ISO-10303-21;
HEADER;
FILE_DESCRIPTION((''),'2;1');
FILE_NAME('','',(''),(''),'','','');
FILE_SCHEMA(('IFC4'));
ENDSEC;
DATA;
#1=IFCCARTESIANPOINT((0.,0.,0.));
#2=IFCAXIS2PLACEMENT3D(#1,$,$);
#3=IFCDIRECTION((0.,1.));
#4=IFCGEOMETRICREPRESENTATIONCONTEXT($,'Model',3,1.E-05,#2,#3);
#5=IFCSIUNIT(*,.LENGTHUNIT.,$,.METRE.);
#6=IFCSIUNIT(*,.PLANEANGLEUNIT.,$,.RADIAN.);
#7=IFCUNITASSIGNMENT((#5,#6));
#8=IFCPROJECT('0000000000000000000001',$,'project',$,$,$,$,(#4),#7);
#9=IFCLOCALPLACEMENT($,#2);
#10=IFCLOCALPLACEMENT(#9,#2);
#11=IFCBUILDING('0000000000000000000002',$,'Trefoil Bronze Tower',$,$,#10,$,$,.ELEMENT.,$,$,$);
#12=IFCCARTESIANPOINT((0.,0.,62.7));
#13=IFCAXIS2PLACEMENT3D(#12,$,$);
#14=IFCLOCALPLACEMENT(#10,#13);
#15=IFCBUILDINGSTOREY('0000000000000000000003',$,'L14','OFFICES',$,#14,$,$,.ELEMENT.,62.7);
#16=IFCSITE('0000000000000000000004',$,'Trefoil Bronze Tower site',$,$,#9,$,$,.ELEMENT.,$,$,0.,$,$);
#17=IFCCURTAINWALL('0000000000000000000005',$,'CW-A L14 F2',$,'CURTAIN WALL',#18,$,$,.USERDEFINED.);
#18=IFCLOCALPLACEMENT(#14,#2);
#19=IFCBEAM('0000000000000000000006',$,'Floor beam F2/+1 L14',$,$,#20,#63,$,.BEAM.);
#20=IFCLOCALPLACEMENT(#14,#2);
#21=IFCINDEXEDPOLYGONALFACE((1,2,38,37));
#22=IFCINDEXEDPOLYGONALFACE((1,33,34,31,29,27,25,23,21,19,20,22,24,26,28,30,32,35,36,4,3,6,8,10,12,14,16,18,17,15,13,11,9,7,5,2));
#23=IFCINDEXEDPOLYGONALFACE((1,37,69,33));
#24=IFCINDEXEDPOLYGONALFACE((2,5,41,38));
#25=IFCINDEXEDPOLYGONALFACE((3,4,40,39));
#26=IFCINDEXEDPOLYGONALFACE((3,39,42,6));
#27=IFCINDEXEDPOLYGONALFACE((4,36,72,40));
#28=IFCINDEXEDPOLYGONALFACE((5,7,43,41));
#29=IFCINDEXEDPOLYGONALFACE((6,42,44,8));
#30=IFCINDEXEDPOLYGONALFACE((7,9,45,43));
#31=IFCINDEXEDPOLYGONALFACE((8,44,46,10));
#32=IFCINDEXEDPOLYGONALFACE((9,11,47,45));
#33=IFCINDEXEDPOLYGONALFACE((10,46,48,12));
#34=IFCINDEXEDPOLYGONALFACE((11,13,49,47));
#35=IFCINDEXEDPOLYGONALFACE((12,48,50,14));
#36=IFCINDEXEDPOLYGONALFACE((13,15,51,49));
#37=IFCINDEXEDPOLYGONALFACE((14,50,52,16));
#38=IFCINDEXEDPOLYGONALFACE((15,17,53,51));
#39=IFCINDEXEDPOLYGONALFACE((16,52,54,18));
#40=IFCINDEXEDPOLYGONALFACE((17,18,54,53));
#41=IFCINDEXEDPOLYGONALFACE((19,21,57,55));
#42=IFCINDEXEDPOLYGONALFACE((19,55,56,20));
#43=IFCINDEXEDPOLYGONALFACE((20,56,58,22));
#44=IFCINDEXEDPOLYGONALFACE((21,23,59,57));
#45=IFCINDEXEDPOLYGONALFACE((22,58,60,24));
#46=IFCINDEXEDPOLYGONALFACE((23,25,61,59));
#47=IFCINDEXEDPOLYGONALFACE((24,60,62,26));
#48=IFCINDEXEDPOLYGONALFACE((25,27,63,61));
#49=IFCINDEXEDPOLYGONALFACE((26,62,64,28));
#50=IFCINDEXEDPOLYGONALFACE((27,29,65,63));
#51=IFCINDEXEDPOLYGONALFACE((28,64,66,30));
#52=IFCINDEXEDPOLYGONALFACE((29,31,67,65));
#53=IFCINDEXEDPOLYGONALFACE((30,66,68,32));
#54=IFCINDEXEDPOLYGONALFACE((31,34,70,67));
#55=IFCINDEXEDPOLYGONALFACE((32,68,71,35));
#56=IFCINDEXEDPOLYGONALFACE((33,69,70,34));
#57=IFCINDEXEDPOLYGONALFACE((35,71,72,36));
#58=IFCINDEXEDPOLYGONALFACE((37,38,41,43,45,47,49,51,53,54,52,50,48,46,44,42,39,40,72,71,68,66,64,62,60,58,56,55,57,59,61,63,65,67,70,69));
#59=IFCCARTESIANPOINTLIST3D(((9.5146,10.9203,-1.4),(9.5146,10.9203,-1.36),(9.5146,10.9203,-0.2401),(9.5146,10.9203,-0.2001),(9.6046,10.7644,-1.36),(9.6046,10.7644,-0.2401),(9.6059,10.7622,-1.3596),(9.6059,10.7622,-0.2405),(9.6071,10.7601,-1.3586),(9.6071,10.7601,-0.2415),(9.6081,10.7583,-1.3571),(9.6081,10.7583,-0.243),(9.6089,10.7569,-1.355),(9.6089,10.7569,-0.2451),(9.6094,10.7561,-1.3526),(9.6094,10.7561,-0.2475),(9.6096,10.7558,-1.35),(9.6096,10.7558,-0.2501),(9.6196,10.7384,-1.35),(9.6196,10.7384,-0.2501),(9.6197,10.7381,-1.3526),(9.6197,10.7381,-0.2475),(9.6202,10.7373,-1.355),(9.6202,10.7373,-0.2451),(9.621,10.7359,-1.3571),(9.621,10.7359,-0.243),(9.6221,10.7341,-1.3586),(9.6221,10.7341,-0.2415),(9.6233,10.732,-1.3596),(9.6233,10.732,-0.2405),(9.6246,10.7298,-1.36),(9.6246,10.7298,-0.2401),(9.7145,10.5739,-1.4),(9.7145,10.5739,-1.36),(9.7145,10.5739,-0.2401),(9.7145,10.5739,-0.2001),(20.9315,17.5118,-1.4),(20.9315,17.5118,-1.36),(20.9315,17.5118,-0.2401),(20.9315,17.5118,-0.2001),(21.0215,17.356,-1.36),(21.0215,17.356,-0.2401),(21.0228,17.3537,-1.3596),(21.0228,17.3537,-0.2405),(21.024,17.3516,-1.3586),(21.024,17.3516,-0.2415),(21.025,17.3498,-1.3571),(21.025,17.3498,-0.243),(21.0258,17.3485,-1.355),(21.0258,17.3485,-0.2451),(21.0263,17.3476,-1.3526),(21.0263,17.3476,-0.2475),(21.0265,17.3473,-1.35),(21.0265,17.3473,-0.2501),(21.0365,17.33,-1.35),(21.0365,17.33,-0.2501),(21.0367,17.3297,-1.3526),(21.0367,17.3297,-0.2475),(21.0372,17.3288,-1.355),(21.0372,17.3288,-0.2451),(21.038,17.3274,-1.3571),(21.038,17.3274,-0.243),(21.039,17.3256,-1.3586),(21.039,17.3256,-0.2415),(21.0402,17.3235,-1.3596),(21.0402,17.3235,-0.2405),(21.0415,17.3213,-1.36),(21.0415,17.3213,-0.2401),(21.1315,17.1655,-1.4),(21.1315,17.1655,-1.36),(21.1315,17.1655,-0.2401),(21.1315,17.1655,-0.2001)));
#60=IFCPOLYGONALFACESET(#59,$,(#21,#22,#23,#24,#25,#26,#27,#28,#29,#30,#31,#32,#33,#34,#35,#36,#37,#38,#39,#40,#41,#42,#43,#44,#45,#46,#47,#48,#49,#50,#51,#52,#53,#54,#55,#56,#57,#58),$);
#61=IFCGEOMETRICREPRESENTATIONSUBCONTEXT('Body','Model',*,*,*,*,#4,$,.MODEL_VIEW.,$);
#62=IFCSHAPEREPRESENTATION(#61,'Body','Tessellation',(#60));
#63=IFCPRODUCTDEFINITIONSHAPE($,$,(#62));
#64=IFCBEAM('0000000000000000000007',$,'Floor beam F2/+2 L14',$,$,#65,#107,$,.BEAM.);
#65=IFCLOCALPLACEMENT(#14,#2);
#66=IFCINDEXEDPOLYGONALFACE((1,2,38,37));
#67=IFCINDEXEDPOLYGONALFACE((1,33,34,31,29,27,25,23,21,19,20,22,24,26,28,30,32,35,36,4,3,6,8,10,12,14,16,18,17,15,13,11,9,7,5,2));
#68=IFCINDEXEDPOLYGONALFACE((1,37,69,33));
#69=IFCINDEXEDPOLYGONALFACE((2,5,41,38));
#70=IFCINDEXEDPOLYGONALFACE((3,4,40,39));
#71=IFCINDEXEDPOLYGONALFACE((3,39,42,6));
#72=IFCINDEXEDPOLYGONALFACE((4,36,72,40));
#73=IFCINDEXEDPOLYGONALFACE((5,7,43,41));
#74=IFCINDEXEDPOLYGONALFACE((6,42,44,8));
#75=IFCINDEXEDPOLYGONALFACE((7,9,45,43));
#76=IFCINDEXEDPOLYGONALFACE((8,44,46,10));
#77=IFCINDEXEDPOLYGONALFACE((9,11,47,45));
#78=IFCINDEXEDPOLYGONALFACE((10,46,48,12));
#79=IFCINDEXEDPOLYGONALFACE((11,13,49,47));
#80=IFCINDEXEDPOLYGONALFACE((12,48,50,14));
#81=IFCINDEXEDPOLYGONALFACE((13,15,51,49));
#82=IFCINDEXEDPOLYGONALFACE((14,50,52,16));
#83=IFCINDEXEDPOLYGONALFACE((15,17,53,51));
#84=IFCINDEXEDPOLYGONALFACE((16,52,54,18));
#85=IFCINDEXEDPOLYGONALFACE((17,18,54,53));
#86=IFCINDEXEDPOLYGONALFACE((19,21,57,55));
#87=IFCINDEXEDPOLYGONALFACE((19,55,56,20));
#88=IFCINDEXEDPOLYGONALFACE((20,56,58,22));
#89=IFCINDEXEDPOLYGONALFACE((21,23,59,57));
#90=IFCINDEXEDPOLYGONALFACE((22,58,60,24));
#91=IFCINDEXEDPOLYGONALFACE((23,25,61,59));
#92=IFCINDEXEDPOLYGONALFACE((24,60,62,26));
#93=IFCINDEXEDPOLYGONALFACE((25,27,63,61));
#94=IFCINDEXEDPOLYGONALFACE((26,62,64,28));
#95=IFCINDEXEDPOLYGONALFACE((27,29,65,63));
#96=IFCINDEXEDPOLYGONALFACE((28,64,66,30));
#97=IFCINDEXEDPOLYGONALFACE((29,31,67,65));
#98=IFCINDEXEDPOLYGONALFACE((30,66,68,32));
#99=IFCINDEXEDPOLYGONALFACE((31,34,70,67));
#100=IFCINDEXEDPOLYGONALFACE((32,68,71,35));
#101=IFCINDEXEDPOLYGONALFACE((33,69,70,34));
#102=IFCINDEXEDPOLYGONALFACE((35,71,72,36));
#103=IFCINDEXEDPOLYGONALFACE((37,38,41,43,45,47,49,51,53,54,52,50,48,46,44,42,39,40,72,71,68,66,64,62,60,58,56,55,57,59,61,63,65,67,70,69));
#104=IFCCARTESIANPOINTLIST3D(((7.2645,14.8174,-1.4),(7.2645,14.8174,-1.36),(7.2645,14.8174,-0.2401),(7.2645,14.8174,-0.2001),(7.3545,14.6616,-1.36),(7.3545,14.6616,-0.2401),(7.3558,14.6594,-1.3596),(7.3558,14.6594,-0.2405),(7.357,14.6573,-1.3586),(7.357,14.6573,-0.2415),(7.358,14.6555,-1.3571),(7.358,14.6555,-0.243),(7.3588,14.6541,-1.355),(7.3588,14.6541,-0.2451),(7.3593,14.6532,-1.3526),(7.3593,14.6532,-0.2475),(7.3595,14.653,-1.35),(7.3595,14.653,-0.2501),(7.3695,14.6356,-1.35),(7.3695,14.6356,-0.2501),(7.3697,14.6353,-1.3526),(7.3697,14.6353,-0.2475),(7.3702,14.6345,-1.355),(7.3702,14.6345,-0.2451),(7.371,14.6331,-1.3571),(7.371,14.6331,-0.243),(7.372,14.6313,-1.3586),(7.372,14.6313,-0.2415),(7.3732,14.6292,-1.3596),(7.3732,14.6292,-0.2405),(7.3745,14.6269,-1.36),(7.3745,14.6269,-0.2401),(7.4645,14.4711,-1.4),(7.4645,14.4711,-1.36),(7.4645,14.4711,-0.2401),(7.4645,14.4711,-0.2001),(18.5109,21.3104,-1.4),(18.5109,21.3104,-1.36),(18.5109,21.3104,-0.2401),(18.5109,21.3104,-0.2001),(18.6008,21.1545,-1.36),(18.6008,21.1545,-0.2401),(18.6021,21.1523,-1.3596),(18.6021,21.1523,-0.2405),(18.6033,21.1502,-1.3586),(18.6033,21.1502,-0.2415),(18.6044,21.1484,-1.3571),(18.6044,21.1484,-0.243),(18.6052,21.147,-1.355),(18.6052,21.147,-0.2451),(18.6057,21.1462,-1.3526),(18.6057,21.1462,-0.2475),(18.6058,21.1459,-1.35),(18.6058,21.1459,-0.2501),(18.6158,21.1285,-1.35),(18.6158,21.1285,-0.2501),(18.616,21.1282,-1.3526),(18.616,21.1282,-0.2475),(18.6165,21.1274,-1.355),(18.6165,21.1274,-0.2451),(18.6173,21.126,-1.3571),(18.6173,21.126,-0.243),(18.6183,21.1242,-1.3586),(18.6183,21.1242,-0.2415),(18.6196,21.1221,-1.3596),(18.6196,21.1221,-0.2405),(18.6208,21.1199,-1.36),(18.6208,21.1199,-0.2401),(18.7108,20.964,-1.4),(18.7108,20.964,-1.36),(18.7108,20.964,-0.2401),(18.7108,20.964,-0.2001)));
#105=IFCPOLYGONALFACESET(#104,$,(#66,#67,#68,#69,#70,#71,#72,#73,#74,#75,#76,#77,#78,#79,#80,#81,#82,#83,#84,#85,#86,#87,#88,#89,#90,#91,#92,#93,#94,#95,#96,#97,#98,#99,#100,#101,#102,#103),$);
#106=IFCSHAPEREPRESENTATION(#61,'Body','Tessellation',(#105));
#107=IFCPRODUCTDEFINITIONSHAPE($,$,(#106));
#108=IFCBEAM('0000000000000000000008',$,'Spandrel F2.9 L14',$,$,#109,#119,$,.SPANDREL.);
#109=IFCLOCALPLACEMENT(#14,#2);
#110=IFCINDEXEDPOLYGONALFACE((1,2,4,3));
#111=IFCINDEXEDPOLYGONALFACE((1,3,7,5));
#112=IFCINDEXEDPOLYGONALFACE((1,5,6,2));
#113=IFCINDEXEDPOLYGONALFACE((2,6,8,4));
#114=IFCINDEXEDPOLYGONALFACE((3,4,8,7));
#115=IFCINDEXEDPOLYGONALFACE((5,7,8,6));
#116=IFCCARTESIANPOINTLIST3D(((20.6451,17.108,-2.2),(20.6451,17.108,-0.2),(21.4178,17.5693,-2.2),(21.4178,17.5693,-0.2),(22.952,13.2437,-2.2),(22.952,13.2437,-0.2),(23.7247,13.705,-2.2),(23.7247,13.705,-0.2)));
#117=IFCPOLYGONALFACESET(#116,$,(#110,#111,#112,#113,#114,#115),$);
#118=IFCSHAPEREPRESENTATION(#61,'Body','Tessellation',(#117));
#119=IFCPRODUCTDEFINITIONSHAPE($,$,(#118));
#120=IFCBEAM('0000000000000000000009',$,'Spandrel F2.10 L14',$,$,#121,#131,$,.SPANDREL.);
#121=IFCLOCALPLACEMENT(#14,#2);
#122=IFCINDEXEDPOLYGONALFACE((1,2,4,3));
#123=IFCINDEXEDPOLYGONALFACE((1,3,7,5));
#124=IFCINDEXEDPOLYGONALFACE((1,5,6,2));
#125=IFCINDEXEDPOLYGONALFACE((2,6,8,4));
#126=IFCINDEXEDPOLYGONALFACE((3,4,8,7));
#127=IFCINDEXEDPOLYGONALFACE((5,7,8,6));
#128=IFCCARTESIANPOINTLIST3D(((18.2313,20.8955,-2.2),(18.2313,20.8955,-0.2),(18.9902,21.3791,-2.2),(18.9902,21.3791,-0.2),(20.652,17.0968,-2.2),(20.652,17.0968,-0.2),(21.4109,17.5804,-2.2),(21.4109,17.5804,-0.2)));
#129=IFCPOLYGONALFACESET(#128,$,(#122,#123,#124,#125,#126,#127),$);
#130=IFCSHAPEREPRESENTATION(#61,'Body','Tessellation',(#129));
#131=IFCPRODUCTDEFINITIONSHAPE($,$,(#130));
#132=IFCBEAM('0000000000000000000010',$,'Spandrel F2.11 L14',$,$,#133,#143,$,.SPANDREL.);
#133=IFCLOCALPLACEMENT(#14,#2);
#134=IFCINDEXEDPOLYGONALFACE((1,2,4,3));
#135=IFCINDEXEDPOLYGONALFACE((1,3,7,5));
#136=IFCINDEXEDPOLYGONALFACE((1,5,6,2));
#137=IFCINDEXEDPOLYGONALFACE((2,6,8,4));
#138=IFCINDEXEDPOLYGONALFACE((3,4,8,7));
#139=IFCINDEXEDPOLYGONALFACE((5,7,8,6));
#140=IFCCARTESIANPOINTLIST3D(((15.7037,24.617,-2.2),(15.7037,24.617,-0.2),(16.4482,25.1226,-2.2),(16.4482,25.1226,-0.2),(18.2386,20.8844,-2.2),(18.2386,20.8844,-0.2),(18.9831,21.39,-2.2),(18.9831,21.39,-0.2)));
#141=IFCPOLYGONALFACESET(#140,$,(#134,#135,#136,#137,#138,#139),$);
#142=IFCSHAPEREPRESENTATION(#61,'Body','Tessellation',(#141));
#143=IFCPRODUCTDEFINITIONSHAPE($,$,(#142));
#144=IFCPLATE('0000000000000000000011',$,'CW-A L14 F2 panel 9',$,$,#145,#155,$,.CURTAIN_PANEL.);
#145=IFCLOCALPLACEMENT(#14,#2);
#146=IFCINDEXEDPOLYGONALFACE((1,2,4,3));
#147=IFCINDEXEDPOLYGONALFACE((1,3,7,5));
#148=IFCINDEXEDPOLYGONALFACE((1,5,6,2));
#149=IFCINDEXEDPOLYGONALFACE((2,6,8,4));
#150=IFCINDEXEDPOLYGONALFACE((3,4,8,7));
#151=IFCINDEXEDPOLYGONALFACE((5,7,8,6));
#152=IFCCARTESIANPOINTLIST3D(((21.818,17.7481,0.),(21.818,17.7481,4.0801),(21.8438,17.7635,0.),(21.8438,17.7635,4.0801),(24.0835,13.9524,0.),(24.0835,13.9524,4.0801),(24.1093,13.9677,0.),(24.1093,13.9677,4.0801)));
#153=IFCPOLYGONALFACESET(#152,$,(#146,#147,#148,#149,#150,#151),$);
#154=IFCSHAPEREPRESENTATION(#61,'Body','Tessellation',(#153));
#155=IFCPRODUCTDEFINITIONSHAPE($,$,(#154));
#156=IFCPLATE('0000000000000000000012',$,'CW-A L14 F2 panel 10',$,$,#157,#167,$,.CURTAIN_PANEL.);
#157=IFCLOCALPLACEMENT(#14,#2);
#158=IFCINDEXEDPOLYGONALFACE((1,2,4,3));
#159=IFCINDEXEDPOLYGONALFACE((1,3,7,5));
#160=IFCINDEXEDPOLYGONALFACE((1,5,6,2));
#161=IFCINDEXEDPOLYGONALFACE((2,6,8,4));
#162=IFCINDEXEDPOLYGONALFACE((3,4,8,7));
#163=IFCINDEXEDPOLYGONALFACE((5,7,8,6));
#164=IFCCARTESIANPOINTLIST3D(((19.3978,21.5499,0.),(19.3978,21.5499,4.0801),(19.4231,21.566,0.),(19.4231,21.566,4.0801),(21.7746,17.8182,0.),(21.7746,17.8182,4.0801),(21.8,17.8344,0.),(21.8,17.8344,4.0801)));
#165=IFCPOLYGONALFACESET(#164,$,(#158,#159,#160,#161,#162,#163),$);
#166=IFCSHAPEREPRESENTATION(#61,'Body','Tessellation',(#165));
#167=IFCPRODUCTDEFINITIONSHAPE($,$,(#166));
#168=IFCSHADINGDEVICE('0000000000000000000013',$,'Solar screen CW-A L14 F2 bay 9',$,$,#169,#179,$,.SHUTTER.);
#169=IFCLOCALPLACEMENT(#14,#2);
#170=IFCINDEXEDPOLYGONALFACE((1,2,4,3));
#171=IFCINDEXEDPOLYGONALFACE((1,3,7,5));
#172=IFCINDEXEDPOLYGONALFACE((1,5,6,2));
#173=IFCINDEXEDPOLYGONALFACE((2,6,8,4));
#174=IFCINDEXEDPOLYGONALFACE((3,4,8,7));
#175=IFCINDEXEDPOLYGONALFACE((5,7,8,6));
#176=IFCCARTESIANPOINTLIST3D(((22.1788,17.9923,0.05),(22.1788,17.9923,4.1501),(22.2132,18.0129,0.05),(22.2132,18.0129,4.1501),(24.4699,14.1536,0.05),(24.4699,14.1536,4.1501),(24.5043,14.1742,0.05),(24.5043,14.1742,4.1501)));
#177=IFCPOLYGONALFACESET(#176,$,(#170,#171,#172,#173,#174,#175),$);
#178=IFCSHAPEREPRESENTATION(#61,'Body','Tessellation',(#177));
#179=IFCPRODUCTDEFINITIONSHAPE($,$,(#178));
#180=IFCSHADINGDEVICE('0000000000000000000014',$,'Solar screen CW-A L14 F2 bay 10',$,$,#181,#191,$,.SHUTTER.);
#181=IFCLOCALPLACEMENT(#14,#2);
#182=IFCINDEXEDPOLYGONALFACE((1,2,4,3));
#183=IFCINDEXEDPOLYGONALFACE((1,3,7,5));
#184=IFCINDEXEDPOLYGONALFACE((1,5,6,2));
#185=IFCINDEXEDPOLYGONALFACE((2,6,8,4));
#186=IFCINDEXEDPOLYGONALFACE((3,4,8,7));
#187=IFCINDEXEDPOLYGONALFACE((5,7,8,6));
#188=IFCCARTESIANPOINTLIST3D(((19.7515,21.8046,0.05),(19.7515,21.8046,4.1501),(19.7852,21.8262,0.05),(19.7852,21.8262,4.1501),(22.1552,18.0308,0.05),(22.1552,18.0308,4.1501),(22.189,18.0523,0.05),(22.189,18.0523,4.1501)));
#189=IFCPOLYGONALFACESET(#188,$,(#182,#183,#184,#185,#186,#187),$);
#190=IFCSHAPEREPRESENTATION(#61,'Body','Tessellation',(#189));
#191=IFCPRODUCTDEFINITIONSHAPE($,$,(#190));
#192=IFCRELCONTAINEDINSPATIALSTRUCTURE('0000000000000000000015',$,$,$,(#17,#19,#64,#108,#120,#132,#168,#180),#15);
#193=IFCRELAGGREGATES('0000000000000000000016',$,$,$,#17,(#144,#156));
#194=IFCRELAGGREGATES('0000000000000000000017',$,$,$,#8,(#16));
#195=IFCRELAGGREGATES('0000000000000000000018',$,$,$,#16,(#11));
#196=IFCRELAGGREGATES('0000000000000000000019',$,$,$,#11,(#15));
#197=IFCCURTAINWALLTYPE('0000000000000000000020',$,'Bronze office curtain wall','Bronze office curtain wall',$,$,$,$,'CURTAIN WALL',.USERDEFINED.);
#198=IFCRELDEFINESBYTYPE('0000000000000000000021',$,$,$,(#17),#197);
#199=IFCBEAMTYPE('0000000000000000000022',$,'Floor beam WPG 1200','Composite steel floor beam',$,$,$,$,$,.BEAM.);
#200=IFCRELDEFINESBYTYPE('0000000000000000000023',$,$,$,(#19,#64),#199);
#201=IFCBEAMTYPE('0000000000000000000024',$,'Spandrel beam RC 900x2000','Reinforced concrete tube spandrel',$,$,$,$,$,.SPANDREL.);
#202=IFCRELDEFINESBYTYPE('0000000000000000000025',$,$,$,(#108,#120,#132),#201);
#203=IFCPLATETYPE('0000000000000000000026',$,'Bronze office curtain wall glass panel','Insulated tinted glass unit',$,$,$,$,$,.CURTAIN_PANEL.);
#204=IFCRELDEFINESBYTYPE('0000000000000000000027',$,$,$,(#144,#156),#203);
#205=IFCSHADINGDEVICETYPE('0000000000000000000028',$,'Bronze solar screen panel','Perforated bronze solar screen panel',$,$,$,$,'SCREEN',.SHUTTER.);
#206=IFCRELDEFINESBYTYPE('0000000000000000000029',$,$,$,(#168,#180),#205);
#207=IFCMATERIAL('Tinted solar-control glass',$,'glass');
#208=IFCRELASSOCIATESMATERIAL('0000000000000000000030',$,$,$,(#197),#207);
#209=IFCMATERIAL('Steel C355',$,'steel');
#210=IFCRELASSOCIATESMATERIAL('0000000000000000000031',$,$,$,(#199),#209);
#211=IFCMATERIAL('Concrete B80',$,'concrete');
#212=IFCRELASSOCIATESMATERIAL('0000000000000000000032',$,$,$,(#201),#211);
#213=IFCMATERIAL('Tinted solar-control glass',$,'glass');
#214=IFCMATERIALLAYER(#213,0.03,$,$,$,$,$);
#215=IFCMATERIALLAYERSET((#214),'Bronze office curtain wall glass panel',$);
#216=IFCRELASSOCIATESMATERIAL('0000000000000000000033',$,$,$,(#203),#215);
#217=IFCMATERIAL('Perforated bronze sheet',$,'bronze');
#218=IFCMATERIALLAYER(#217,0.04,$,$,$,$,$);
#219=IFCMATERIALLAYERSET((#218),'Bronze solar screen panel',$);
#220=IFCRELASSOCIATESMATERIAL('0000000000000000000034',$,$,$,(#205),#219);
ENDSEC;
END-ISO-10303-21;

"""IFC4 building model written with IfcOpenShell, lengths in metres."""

from ifc_helpers import new_model, si_unit, direction, frame, origin, origin_2d, place, context, subcontext, project, spatial, rectangle, i_section, extrude, material, layer, layer_set, material_profile, profile_set, type_object, element, aggregate, save


model = new_model("IFC4")

# Units and contexts
model_context = context("Model", 3, precision=1e-05, world=origin(), true_north=direction((0.0, 1.0)))
body_context = subcontext(model_context, "Body", "Model", "MODEL_VIEW")
ifc_project = project(units=[si_unit("LENGTHUNIT", "METRE"), si_unit("PLANEANGLEUNIT", "RADIAN")], contexts=[model_context])

# Site, building, storey
site_placement = place(None, origin())
site = spatial("IfcSite", under=ifc_project, at=site_placement, Name="Trefoil Bronze Tower site", CompositionType="ELEMENT", RefElevation=0.0)
building_placement = place(site_placement, origin())
building = spatial("IfcBuilding", under=site, at=building_placement, Name="Trefoil Bronze Tower", CompositionType="ELEMENT")
storey_placement = place(building_placement, frame((0.0, 0.0, 62.7)))
storey = spatial("IfcBuildingStorey", under=building, at=storey_placement, Name="L14", Description="OFFICES", CompositionType="ELEMENT", Elevation=62.7)

# Curtain wall
ifc_material_1 = material(Name="Tinted solar-control glass", Category="glass")
curtain_wall_type = type_object("IfcCurtainWallType", Name="Bronze office curtain wall", Description="Bronze office curtain wall", ElementType="CURTAIN WALL", PredefinedType="USERDEFINED", material=ifc_material_1)
curtain_wall_placement = place(storey_placement, origin())
curtain_wall = element("IfcCurtainWall", 1, at=curtain_wall_placement, inside=storey, type_object=curtain_wall_type, Name="CW-A L14 F2", ObjectType="CURTAIN WALL", PredefinedType="USERDEFINED")

# Beams
ifc_material_2 = material(Name="Steel C355", Category="steel")
ifc_material_profile_1 = material_profile(ifc_material_2, i_section(OverallWidth=0.3999, OverallDepth=1.2, WebThickness=0.02, FlangeThickness=0.04, FilletRadius=0.01, at=origin_2d()), Name="WPG 1200")
ifc_profile_set_1 = profile_set([ifc_material_profile_1], Name="Steel C355")
beam_type_1 = type_object("IfcBeamType", Name="Floor beam WPG 1200", Description="Composite steel floor beam", PredefinedType="BEAM", material=ifc_profile_set_1)
beam_1_placement = place(storey_placement, frame((21.0315, 17.3386, -0.8), z_axis=(-0.866027, -0.499997, 0.0), x_axis=(0.499997, -0.866027, 0.0)))
element("IfcBeam", 2, at=beam_1_placement, inside=storey, type_object=beam_type_1, Name="Floor beam F2/+1 L14", PredefinedType="BEAM", context=body_context, shape_type="SweptSolid", body=[
    extrude(i_section(OverallWidth=0.3999, OverallDepth=1.2, WebThickness=0.02, FlangeThickness=0.04, FilletRadius=0.01, at=origin_2d()), origin(), (0.0, 0.0, 1.0), 13.1831),
])
beam_2_placement = place(storey_placement, frame((18.6108, 21.1372, -0.8), z_axis=(-0.866031, -0.499991, 0.0), x_axis=(0.499991, -0.866031, 0.0)))
element("IfcBeam", 3, at=beam_2_placement, inside=storey, type_object=beam_type_1, Name="Floor beam F2/+2 L14", PredefinedType="BEAM", context=body_context, shape_type="SweptSolid", body=[
    extrude(i_section(OverallWidth=0.3999, OverallDepth=1.2, WebThickness=0.02, FlangeThickness=0.04, FilletRadius=0.01, at=origin_2d()), origin(), (0.0, 0.0, 1.0), 12.9861),
])
ifc_material_3 = material(Name="Concrete B80", Category="concrete")
ifc_material_profile_2 = material_profile(ifc_material_3, rectangle(XDim=0.8999, YDim=2.0, at=origin_2d()), Name="RC 900x2000")
ifc_profile_set_2 = profile_set([ifc_material_profile_2], Name="Concrete B80")
beam_type_2 = type_object("IfcBeamType", Name="Spandrel beam RC 900x2000", Description="Reinforced concrete tube spandrel", PredefinedType="SPANDREL", material=ifc_profile_set_2)
beam_3_placement = place(storey_placement, frame((23.3384, 13.4744, -1.2), z_axis=(-0.512588, 0.858635, 0.0), x_axis=(-0.858635, -0.512588, 0.0)))
element("IfcBeam", 4, at=beam_3_placement, inside=storey, type_object=beam_type_2, Name="Spandrel F2.9 L14", PredefinedType="SPANDREL", context=body_context, shape_type="SweptSolid", body=[
    extrude(rectangle(XDim=0.8999, YDim=2.0, at=origin_2d()), origin(), (0.0, 0.0, 1.0), 4.5005),
])
beam_4_placement = place(storey_placement, frame((21.0315, 17.3386, -1.2), z_axis=(-0.537408, 0.843322, 0.0), x_axis=(-0.843322, -0.537408, 0.0)))
element("IfcBeam", 5, at=beam_4_placement, inside=storey, type_object=beam_type_2, Name="Spandrel F2.10 L14", PredefinedType="SPANDREL", context=body_context, shape_type="SweptSolid", body=[
    extrude(rectangle(XDim=0.8999, YDim=2.0, at=origin_2d()), origin(), (0.0, 0.0, 1.0), 4.5044),
])
beam_5_placement = place(storey_placement, frame((18.6108, 21.1372, -1.2), z_axis=(-0.56181, 0.827267, 0.0), x_axis=(-0.827267, -0.56181, 0.0)))
element("IfcBeam", 6, at=beam_5_placement, inside=storey, type_object=beam_type_2, Name="Spandrel F2.11 L14", PredefinedType="SPANDREL", context=body_context, shape_type="SweptSolid", body=[
    extrude(rectangle(XDim=0.8999, YDim=2.0, at=origin_2d()), origin(), (0.0, 0.0, 1.0), 4.512),
])

# Plates
ifc_material_4 = material(Name="Tinted solar-control glass", Category="glass")
ifc_layer_1 = layer(ifc_material_4, 0.03)
ifc_layer_set_1 = layer_set([ifc_layer_1], Name="Bronze office curtain wall glass panel")
plate_type = type_object("IfcPlateType", Name="Bronze office curtain wall glass panel", Description="Insulated tinted glass unit", PredefinedType="CURTAIN_PANEL", material=ifc_layer_set_1)
plate_1_placement = place(storey_placement, frame((22.9636, 15.8579, 0.0), z_axis=(0.0, 0.0, 1.0), x_axis=(-0.512513, 0.85868, 0.0)))
plate_1 = element("IfcPlate", 7, at=plate_1_placement, type_object=plate_type, Name="CW-A L14 F2 panel 9", PredefinedType="CURTAIN_PANEL", context=body_context, shape_type="SweptSolid", body=[
    extrude(rectangle(XDim=4.4204, YDim=0.03, at=origin_2d()), origin(), (0.0, 0.0, 1.0), 4.0801),
])
plate_2_placement = place(storey_placement, frame((20.5989, 19.6921, 0.0), z_axis=(0.0, 0.0, 1.0), x_axis=(-0.537222, 0.843441, 0.0)))
plate_2 = element("IfcPlate", 8, at=plate_2_placement, type_object=plate_type, Name="CW-A L14 F2 panel 10", PredefinedType="CURTAIN_PANEL", context=body_context, shape_type="SweptSolid", body=[
    extrude(rectangle(XDim=4.4243, YDim=0.03, at=origin_2d()), origin(), (0.0, 0.0, 1.0), 4.0801),
])
aggregate(curtain_wall, [plate_1, plate_2])

# Shading devices
ifc_material_5 = material(Name="Perforated bronze sheet", Category="bronze")
ifc_layer_2 = layer(ifc_material_5, 0.04)
ifc_layer_set_2 = layer_set([ifc_layer_2], Name="Bronze solar screen panel")
shading_device_type = type_object("IfcShadingDeviceType", Name="Bronze solar screen panel", Description="Perforated bronze solar screen panel", ElementType="SCREEN", PredefinedType="SHUTTER", material=ifc_layer_set_2)
shading_device_1_placement = place(storey_placement, frame((23.3416, 16.0833, 0.05), z_axis=(0.0, 0.0, 1.0), x_axis=(-0.512513, 0.85868, 0.0)))
element("IfcShadingDevice", 9, at=shading_device_1_placement, inside=storey, type_object=shading_device_type, Name="Solar screen CW-A L14 F2 bay 9", PredefinedType="SHUTTER", context=body_context, shape_type="SweptSolid", body=[
    extrude(rectangle(XDim=4.4705, YDim=0.04, at=origin_2d()), origin(), (0.0, 0.0, 1.0), 4.1001),
])
shading_device_2_placement = place(storey_placement, frame((20.9702, 19.9285, 0.05), z_axis=(0.0, 0.0, 1.0), x_axis=(-0.537222, 0.843441, 0.0)))
element("IfcShadingDevice", 10, at=shading_device_2_placement, inside=storey, type_object=shading_device_type, Name="Solar screen CW-A L14 F2 bay 10", PredefinedType="SHUTTER", context=body_context, shape_type="SweptSolid", body=[
    extrude(rectangle(XDim=4.4744, YDim=0.04, at=origin_2d()), origin(), (0.0, 0.0, 1.0), 4.1001),
])

save(model, "model.ifc")
